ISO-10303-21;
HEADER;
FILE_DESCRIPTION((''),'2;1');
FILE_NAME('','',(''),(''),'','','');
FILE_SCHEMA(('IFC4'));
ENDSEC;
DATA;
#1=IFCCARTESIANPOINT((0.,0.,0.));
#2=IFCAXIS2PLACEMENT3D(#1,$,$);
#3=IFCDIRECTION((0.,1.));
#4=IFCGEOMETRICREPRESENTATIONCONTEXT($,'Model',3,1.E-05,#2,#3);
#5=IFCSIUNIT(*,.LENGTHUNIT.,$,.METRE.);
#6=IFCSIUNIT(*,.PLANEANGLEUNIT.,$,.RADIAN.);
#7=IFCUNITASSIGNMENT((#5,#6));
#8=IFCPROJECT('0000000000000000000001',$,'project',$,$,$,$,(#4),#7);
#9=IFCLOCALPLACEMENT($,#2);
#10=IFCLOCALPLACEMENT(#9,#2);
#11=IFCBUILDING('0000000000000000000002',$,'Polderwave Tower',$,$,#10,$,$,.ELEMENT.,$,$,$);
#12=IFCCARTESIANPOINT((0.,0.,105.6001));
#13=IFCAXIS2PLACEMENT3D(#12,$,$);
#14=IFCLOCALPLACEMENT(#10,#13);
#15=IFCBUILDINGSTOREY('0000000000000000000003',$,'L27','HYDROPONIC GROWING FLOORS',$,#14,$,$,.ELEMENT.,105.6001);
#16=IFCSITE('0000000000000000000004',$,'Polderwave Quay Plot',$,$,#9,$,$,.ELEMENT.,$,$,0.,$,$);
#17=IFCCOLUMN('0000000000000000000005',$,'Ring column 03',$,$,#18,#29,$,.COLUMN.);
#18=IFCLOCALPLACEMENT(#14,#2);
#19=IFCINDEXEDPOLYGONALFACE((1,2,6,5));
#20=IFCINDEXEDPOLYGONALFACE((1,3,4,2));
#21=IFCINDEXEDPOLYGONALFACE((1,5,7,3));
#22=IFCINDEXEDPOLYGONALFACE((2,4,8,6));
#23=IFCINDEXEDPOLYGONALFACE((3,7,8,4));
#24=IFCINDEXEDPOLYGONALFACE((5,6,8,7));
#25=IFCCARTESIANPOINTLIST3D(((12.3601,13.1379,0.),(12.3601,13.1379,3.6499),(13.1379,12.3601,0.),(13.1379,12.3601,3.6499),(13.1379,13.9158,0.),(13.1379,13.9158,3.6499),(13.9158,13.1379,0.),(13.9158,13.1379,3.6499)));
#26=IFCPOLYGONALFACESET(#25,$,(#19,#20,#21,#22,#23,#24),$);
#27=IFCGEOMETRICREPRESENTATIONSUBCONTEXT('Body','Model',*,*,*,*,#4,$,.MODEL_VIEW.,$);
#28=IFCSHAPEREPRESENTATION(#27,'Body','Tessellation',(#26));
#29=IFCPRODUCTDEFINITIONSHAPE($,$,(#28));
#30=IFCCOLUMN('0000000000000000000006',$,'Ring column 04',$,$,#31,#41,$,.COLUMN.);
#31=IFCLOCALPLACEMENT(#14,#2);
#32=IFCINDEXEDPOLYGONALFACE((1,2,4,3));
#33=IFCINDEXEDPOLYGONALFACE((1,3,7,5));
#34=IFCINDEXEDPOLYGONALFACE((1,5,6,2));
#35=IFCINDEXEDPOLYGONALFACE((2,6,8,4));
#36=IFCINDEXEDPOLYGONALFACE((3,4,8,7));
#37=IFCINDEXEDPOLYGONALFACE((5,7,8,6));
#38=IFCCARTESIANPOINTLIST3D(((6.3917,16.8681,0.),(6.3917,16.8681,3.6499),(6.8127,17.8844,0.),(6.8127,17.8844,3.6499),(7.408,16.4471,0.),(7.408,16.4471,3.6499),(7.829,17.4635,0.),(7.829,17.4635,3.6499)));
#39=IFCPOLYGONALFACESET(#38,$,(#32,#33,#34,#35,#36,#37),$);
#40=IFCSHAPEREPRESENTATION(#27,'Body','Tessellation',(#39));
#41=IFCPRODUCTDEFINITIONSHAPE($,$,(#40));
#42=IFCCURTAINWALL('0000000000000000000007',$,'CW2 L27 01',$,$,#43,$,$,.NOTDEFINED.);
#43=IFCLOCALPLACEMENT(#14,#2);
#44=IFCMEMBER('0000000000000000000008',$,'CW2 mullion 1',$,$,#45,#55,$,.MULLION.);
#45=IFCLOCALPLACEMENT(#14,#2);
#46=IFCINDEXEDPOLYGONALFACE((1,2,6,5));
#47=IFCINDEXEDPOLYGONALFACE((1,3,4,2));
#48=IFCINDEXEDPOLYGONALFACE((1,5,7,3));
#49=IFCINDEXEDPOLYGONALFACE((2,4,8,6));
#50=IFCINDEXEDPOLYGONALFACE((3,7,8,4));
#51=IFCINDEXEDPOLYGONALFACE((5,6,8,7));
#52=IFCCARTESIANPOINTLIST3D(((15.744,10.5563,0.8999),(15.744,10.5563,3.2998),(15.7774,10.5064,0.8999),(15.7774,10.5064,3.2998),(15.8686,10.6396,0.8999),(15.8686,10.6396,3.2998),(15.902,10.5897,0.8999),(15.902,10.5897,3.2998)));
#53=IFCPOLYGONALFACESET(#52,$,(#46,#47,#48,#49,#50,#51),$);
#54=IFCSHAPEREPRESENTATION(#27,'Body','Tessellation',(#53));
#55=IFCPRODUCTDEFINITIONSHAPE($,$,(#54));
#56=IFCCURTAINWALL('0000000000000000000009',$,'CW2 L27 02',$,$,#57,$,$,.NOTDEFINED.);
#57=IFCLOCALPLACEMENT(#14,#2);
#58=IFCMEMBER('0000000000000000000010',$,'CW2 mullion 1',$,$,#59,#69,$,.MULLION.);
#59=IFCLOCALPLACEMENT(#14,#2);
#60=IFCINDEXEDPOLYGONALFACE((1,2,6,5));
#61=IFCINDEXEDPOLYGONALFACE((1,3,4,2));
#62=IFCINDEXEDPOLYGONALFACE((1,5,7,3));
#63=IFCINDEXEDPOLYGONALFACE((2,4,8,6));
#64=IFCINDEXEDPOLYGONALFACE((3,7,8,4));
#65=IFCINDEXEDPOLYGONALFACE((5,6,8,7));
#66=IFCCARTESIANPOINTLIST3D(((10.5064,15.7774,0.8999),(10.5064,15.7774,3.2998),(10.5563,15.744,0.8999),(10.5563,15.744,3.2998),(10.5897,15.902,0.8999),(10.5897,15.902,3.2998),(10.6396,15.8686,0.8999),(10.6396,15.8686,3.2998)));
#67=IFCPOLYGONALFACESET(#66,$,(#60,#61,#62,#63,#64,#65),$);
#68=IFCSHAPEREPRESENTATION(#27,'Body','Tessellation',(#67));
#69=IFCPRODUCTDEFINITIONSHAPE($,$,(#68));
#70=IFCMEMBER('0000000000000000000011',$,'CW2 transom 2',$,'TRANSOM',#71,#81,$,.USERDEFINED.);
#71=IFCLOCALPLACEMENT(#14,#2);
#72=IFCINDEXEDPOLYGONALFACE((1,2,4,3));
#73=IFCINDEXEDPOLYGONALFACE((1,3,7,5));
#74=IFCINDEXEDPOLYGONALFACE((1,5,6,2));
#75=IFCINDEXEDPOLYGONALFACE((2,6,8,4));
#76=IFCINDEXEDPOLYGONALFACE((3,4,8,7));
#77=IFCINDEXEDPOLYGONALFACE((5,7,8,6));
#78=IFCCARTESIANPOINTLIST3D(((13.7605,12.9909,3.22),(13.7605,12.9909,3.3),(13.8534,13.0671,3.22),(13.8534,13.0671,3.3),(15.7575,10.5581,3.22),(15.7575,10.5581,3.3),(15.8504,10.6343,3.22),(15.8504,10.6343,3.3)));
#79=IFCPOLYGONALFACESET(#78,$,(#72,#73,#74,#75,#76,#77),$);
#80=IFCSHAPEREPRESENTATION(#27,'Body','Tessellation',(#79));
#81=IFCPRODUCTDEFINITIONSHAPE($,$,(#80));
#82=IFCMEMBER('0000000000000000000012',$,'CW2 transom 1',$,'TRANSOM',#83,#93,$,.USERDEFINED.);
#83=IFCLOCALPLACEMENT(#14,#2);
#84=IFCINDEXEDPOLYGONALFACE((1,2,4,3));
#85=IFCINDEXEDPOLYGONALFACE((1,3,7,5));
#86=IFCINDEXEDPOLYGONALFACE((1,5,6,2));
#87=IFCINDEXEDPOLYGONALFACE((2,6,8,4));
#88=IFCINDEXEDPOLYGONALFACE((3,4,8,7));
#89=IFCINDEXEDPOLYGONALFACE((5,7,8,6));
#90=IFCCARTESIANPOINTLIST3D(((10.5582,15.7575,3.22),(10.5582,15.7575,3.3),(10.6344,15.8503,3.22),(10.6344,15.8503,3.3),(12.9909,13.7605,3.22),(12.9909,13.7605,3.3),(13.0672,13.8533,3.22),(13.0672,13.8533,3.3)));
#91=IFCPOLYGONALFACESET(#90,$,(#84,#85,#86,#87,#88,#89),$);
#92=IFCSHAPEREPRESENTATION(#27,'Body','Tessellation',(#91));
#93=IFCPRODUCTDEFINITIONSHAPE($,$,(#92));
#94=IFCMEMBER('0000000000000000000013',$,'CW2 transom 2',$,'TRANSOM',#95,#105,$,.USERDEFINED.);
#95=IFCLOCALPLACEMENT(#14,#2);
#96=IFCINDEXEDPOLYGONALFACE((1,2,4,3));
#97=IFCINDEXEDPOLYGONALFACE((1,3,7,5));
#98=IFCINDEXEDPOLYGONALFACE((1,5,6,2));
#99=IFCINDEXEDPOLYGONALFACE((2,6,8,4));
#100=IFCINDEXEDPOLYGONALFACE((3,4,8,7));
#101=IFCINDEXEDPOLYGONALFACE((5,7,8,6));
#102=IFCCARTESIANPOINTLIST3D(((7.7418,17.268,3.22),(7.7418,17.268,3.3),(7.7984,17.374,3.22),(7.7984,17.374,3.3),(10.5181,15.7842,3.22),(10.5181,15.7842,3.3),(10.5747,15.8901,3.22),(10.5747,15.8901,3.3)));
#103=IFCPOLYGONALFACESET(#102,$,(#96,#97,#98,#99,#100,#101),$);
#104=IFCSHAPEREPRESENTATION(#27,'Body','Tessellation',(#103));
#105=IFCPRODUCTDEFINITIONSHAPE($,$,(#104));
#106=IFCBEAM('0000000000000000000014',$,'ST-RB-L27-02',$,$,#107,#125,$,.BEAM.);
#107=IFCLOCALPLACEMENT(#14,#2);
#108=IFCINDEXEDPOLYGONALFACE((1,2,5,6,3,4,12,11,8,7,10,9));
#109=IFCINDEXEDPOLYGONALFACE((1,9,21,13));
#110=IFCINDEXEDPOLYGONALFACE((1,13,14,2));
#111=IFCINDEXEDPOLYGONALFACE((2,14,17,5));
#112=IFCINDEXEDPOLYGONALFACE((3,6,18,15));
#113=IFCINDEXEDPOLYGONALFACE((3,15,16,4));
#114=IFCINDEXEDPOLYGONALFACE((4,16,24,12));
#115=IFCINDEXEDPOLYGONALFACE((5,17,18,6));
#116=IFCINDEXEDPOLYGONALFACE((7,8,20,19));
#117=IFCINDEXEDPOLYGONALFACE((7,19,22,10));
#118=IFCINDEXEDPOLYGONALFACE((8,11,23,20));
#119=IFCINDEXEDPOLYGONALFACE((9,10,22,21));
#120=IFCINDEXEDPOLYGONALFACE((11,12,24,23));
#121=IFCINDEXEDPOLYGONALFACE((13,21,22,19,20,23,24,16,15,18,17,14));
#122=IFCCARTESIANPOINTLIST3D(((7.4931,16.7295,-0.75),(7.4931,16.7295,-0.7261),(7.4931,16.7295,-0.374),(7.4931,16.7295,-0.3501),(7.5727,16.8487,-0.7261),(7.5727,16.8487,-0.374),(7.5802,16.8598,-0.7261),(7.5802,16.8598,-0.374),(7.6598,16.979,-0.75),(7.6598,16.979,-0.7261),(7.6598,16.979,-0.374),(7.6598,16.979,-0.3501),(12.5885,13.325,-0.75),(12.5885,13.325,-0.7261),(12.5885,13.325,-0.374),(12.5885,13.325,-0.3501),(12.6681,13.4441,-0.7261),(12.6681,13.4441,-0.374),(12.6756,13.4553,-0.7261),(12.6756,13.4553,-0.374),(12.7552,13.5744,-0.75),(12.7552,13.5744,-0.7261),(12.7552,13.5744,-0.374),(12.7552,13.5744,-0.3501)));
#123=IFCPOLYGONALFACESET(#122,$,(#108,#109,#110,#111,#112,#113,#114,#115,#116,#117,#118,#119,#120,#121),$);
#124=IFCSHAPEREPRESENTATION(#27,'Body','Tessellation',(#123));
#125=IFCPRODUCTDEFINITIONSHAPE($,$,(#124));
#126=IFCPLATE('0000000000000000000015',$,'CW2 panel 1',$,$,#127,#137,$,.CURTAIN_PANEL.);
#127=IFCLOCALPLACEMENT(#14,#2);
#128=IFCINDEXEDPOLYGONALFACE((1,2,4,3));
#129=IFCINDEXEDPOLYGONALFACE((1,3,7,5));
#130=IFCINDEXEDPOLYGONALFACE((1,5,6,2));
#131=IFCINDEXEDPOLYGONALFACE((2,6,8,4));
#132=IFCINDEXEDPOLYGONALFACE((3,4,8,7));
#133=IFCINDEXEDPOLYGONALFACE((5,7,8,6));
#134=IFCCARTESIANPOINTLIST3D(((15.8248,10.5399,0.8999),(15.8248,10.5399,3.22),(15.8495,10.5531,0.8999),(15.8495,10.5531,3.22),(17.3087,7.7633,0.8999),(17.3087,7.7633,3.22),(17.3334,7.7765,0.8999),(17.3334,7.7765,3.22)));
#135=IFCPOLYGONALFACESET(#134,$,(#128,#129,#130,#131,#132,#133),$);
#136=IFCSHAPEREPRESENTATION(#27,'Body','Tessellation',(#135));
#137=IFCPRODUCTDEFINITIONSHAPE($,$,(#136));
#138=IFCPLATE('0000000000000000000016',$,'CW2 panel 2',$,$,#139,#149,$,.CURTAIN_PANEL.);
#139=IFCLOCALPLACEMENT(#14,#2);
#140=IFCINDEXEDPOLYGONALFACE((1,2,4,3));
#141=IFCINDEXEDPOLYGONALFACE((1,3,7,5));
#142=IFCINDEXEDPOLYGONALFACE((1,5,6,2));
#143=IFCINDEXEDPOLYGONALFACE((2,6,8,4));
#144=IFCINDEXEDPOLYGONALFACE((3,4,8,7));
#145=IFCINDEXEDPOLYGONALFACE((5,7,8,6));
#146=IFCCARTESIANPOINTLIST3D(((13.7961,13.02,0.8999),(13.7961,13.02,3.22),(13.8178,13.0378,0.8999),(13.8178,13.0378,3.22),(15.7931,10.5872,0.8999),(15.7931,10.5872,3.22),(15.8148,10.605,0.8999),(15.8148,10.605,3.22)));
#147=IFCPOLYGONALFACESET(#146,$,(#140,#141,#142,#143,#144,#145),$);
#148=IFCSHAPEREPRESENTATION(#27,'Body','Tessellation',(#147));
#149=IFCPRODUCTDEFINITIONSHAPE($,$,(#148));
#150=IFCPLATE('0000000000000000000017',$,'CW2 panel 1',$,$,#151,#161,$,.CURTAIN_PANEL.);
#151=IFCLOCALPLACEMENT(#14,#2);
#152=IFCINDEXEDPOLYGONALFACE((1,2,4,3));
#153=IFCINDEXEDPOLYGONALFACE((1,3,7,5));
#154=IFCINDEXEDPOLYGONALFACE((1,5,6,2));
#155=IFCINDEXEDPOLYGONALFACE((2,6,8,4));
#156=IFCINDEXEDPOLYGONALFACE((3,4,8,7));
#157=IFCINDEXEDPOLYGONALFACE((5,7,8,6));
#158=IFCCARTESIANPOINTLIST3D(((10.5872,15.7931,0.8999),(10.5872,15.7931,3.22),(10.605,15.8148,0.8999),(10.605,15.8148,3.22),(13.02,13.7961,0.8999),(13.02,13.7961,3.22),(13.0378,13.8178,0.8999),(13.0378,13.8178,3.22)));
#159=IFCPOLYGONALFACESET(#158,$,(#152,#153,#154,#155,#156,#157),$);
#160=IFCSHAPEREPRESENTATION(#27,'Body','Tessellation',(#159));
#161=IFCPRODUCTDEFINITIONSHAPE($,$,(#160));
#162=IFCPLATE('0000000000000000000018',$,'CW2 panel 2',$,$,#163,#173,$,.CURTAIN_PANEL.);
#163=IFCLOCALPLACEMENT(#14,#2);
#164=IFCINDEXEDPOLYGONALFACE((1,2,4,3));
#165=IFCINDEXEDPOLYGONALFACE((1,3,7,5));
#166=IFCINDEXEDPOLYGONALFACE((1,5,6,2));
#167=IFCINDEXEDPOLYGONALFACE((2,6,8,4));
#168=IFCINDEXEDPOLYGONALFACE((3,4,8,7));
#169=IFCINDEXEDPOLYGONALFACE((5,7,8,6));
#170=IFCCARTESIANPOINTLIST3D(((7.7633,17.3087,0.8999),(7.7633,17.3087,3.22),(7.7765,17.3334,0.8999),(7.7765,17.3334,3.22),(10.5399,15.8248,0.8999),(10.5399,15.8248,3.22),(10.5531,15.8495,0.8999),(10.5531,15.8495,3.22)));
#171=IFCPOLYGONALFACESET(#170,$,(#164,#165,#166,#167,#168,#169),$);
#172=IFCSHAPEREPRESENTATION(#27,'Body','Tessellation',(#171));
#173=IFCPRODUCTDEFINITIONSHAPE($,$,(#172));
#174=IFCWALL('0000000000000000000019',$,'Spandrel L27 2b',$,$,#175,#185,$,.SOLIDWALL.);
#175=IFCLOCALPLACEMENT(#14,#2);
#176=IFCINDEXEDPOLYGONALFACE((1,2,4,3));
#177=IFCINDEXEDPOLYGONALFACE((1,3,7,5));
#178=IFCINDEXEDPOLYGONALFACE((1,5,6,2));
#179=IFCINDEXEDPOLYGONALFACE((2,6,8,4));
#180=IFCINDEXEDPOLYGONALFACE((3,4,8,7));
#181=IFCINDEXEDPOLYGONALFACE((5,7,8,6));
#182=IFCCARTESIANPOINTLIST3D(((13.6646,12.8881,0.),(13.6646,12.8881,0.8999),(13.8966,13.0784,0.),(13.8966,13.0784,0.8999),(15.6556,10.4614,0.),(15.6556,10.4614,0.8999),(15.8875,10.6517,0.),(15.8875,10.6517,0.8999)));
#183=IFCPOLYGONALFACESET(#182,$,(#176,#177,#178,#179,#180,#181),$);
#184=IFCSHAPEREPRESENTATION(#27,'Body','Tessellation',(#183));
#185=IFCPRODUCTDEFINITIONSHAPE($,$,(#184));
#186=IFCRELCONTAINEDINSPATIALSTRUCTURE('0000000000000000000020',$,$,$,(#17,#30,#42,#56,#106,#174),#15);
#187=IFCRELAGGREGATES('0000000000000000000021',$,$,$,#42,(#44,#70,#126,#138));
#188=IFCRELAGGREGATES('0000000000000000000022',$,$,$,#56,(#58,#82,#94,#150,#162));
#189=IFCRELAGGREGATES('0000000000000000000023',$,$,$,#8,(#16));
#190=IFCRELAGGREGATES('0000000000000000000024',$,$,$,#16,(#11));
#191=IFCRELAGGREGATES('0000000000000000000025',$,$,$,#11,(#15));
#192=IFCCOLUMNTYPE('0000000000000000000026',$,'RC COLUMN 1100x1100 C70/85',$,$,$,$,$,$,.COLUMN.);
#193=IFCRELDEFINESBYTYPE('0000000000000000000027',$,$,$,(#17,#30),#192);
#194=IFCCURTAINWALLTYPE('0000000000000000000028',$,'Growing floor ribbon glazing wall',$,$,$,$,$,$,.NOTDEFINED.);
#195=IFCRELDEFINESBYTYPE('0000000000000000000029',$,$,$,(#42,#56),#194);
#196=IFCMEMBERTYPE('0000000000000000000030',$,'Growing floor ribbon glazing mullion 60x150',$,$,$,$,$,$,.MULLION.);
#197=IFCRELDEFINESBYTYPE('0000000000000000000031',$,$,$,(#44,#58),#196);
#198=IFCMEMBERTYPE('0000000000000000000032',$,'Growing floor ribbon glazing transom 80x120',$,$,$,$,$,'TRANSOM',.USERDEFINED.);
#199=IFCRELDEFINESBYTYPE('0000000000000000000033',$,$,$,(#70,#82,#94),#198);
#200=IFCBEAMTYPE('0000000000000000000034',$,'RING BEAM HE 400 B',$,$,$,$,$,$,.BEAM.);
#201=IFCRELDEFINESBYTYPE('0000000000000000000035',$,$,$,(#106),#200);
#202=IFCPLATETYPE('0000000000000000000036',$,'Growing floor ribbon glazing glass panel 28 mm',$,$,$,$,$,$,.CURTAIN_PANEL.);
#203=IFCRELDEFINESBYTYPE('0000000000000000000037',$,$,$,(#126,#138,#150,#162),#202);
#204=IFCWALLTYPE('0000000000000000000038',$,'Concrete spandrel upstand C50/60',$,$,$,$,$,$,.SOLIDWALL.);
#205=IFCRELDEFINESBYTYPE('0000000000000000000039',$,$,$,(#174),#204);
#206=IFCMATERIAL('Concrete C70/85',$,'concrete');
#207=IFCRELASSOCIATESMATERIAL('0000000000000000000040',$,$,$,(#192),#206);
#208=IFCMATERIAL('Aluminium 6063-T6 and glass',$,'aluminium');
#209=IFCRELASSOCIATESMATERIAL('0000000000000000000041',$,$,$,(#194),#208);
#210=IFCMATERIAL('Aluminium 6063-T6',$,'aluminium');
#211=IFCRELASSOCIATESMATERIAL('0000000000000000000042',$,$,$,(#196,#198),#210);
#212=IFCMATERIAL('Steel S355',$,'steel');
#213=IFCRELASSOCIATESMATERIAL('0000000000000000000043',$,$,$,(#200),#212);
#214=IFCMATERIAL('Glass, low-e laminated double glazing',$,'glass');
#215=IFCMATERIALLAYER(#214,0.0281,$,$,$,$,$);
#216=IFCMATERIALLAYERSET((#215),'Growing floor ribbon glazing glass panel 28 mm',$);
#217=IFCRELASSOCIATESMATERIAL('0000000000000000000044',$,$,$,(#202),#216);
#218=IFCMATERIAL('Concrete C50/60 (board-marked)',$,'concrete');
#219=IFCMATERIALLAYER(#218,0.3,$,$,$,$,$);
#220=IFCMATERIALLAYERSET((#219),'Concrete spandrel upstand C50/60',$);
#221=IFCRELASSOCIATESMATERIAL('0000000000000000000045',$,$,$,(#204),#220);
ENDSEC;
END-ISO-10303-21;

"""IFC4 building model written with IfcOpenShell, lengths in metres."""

from ifc_helpers import new_model, si_unit, direction, frame, frame_2d, origin, origin_2d, place, context, subcontext, project, spatial, rectangle, i_section, extrude, material, layer, layer_set, material_profile, profile_set, type_object, element, aggregate, save


model = new_model("IFC4")

# Units and contexts
model_context = context("Model", 3, precision=1e-05, world=origin(), true_north=direction((0.0, 1.0)))
body_context = subcontext(model_context, "Body", "Model", "MODEL_VIEW")
ifc_project = project(units=[si_unit("LENGTHUNIT", "METRE"), si_unit("PLANEANGLEUNIT", "RADIAN")], contexts=[model_context])

# Site, building, storey
site_placement = place(None, origin())
site = spatial("IfcSite", under=ifc_project, at=site_placement, Name="Polderwave Quay Plot", CompositionType="ELEMENT", RefElevation=0.0)
building_placement = place(site_placement, origin())
building = spatial("IfcBuilding", under=site, at=building_placement, Name="Polderwave Tower", CompositionType="ELEMENT")
storey_placement = place(building_placement, frame((0.0, 0.0, 105.6001)))
storey = spatial("IfcBuildingStorey", under=building, at=storey_placement, Name="L27", Description="HYDROPONIC GROWING FLOORS", CompositionType="ELEMENT", Elevation=105.6001)

# Columns
ifc_material_1 = material(Name="Concrete C70/85", Category="concrete")
ifc_material_profile_1 = material_profile(ifc_material_1, rectangle(XDim=1.1001, YDim=1.1001, at=origin_2d()), Name="RC 1100x1100")
ifc_profile_set_1 = profile_set([ifc_material_profile_1], Name="Concrete C70/85")
column_type = type_object("IfcColumnType", Name="RC COLUMN 1100x1100 C70/85", PredefinedType="COLUMN", material=ifc_profile_set_1)
for number, where, z_axis, x_axis, name in (
    (1, (13.1379, 13.1379, 0.0), (0.0, 0.0, 1.0), (0.707107, 0.707107, 0.0), "Ring column 03"),
    (2, (7.1104, 17.1658, 0.0), (0.0, 0.0, 1.0), (0.382683, 0.92388, 0.0), "Ring column 04"),
):
    element("IfcColumn", number, at=place(storey_placement, frame(where, z_axis=z_axis, x_axis=x_axis)), inside=storey, type_object=column_type, Name=name, PredefinedType="COLUMN", context=body_context, shape_type="SweptSolid", body=[
        extrude(rectangle(XDim=1.1001, YDim=1.1001, at=origin_2d()), origin(), (0.0, 0.0, 1.0), 3.6499),
    ])

# Curtain walls, members
ifc_material_2 = material(Name="Aluminium 6063-T6 and glass", Category="aluminium")
curtain_wall_type = type_object("IfcCurtainWallType", Name="Growing floor ribbon glazing wall", PredefinedType="NOTDEFINED", material=ifc_material_2)
curtain_wall_1_placement = place(storey_placement, origin())
curtain_wall_1 = element("IfcCurtainWall", 3, at=curtain_wall_1_placement, inside=storey, type_object=curtain_wall_type, Name="CW2 L27 01", PredefinedType="NOTDEFINED")
ifc_material_3 = material(Name="Aluminium 6063-T6", Category="aluminium")
ifc_material_profile_2 = material_profile(ifc_material_3, rectangle(XDim=0.1499, YDim=0.0601, at=origin_2d()), Name="AL 60x150")
ifc_profile_set_2 = profile_set([ifc_material_profile_2], Name="Aluminium 6063-T6")
member_type_1 = type_object("IfcMemberType", Name="Growing floor ribbon glazing mullion 60x150", PredefinedType="MULLION", material=ifc_profile_set_2)
member_1_placement = place(storey_placement, frame((15.823, 10.573, 0.8999), z_axis=(0.0, 0.0, 1.0), x_axis=(-0.83146, -0.555585, 0.0)))
member_1 = element("IfcMember", 4, at=member_1_placement, type_object=member_type_1, Name="CW2 mullion 1", PredefinedType="MULLION", context=body_context, shape_type="SweptSolid", body=[
    extrude(rectangle(XDim=0.1499, YDim=0.0601, at=origin_2d()), origin(), (0.0, 0.0, 1.0), 2.3999),
])
curtain_wall_2_placement = place(storey_placement, origin())
curtain_wall_2 = element("IfcCurtainWall", 5, at=curtain_wall_2_placement, inside=storey, type_object=curtain_wall_type, Name="CW2 L27 02", PredefinedType="NOTDEFINED")
member_2_placement = place(storey_placement, frame((10.573, 15.823, 0.8999), z_axis=(0.0, 0.0, 1.0), x_axis=(-0.555585, -0.83146, 0.0)))
member_2 = element("IfcMember", 6, at=member_2_placement, type_object=member_type_1, Name="CW2 mullion 1", PredefinedType="MULLION", context=body_context, shape_type="SweptSolid", body=[
    extrude(rectangle(XDim=0.1499, YDim=0.0601, at=origin_2d()), origin(), (0.0, 0.0, 1.0), 2.3999),
])

# Members
ifc_material_profile_3 = material_profile(ifc_material_3, rectangle(XDim=0.1201, YDim=0.0801, at=origin_2d()), Name="AL 80x120")
ifc_profile_set_3 = profile_set([ifc_material_profile_3], Name="Aluminium 6063-T6")
member_type_2 = type_object("IfcMemberType", Name="Growing floor ribbon glazing transom 80x120", ElementType="TRANSOM", PredefinedType="USERDEFINED", material=ifc_profile_set_3)
member_3_placement = place(storey_placement, frame((15.804, 10.5962, 3.26), z_axis=(-0.634483, 0.772937, 0.0), x_axis=(-0.772937, -0.634483, 0.0)))
member_3 = element("IfcMember", 7, at=member_3_placement, type_object=member_type_2, Name="CW2 transom 2", ObjectType="TRANSOM", PredefinedType="USERDEFINED", context=body_context, shape_type="SweptSolid", body=[
    extrude(rectangle(XDim=0.1201, YDim=0.0801, at=origin_2d()), origin(), (0.0, 0.0, 1.0), 3.1475),
])
member_4_placement = place(storey_placement, frame((13.0291, 13.8069, 3.26), z_axis=(-0.772937, 0.634483, 0.0), x_axis=(-0.634483, -0.772937, 0.0)))
member_4 = element("IfcMember", 8, at=member_4_placement, type_object=member_type_2, Name="CW2 transom 1", ObjectType="TRANSOM", PredefinedType="USERDEFINED", context=body_context, shape_type="SweptSolid", body=[
    extrude(rectangle(XDim=0.1201, YDim=0.0801, at=origin_2d()), origin(), (0.0, 0.0, 1.0), 3.1475),
])
member_5_placement = place(storey_placement, frame((10.5464, 15.8372, 3.26), z_axis=(-0.881936, 0.471369, 0.0), x_axis=(-0.471369, -0.881936, 0.0)))
member_5 = element("IfcMember", 9, at=member_5_placement, type_object=member_type_2, Name="CW2 transom 2", ObjectType="TRANSOM", PredefinedType="USERDEFINED", context=body_context, shape_type="SweptSolid", body=[
    extrude(rectangle(XDim=0.1201, YDim=0.0801, at=origin_2d()), origin(), (0.0, 0.0, 1.0), 3.1479),
])

# Beam
ifc_material_4 = material(Name="Steel S355", Category="steel")
ifc_material_profile_4 = material_profile(ifc_material_4, i_section(OverallWidth=0.3, OverallDepth=0.3999, WebThickness=0.0134, FlangeThickness=0.0239, at=origin_2d()), Name="HE 400 B")
ifc_profile_set_4 = profile_set([ifc_material_profile_4], Name="Steel S355")
beam_type = type_object("IfcBeamType", Name="RING BEAM HE 400 B", PredefinedType="BEAM", material=ifc_profile_set_4)
beam_placement = place(storey_placement, frame((12.6719, 13.4497, -0.55), z_axis=(-0.83148, 0.555555, 0.0), x_axis=(-0.555555, -0.83148, 0.0)))
element("IfcBeam", 10, at=beam_placement, inside=storey, type_object=beam_type, Name="ST-RB-L27-02", PredefinedType="BEAM", context=body_context, shape_type="SweptSolid", body=[
    extrude(i_section(OverallWidth=0.3, OverallDepth=0.3999, WebThickness=0.0134, FlangeThickness=0.0239, at=origin_2d()), origin(), (0.0, 0.0, 1.0), 6.1282),
])

# Plates
ifc_material_5 = material(Name="Glass, low-e laminated double glazing", Category="glass")
ifc_layer_1 = layer(ifc_material_5, 0.0281)
ifc_layer_set_1 = layer_set([ifc_layer_1], Name="Growing floor ribbon glazing glass panel 28 mm")
plate_type = type_object("IfcPlateType", Name="Growing floor ribbon glazing glass panel 28 mm", PredefinedType="CURTAIN_PANEL", material=ifc_layer_set_1)
plate_1_placement = place(storey_placement, frame((16.5791, 9.1582, 0.8999), z_axis=(0.0, 0.0, 1.0), x_axis=(-0.47134, 0.881952, 0.0)))
plate_1 = element("IfcPlate", 11, at=plate_1_placement, type_object=plate_type, Name="CW2 panel 1", PredefinedType="CURTAIN_PANEL", context=body_context, shape_type="SweptSolid", body=[
    extrude(rectangle(XDim=3.1482, YDim=0.0281, at=origin_2d()), origin(), (0.0, 0.0, 1.0), 2.3201),
])
plate_2_placement = place(storey_placement, frame((14.8054, 11.8125, 0.8999), z_axis=(0.0, 0.0, 1.0), x_axis=(-0.634472, 0.772946, 0.0)))
plate_2 = element("IfcPlate", 12, at=plate_2_placement, type_object=plate_type, Name="CW2 panel 2", PredefinedType="CURTAIN_PANEL", context=body_context, shape_type="SweptSolid", body=[
    extrude(rectangle(XDim=3.1475, YDim=0.0281, at=origin_2d()), origin(), (0.0, 0.0, 1.0), 2.3201),
])
aggregate(curtain_wall_1, [member_1, member_3, plate_1, plate_2])
plate_3_placement = place(storey_placement, frame((11.8125, 14.8054, 0.8999), z_axis=(0.0, 0.0, 1.0), x_axis=(-0.772946, 0.634472, 0.0)))
plate_3 = element("IfcPlate", 13, at=plate_3_placement, type_object=plate_type, Name="CW2 panel 1", PredefinedType="CURTAIN_PANEL", context=body_context, shape_type="SweptSolid", body=[
    extrude(rectangle(XDim=3.1475, YDim=0.0281, at=origin_2d()), origin(), (0.0, 0.0, 1.0), 2.3201),
])
plate_4_placement = place(storey_placement, frame((9.1582, 16.5791, 0.8999), z_axis=(0.0, 0.0, 1.0), x_axis=(-0.881952, 0.47134, 0.0)))
plate_4 = element("IfcPlate", 14, at=plate_4_placement, type_object=plate_type, Name="CW2 panel 2", PredefinedType="CURTAIN_PANEL", context=body_context, shape_type="SweptSolid", body=[
    extrude(rectangle(XDim=3.1482, YDim=0.0281, at=origin_2d()), origin(), (0.0, 0.0, 1.0), 2.3201),
])
aggregate(curtain_wall_2, [member_2, member_4, member_5, plate_3, plate_4])

# Wall
ifc_material_6 = material(Name="Concrete C50/60 (board-marked)", Category="concrete")
ifc_layer_2 = layer(ifc_material_6, 0.3)
ifc_layer_set_2 = layer_set([ifc_layer_2], Name="Concrete spandrel upstand C50/60")
wall_type_1 = type_object("IfcWallType", Name="Concrete spandrel upstand C50/60", PredefinedType="SOLIDWALL", material=ifc_layer_set_2)
for number, where, z_axis, x_axis, name in (
    (15, (15.7715, 10.5566, 0.0), (0.0, 0.0, 1.0), (-0.634275, 0.773108, 0.0), "Spandrel L27 2b"),
):
    element("IfcWall", number, at=place(storey_placement, frame(where, z_axis=z_axis, x_axis=x_axis)), inside=storey, type_object=wall_type_1, Name=name, PredefinedType="SOLIDWALL", context=body_context, shape_type="SweptSolid", body=[
        extrude(rectangle(XDim=3.1389, YDim=0.3, at=frame_2d((1.5693, 0.0))), origin(), (0.0, 0.0, 1.0), 0.8999),
    ])

save(model, "model.ifc")
